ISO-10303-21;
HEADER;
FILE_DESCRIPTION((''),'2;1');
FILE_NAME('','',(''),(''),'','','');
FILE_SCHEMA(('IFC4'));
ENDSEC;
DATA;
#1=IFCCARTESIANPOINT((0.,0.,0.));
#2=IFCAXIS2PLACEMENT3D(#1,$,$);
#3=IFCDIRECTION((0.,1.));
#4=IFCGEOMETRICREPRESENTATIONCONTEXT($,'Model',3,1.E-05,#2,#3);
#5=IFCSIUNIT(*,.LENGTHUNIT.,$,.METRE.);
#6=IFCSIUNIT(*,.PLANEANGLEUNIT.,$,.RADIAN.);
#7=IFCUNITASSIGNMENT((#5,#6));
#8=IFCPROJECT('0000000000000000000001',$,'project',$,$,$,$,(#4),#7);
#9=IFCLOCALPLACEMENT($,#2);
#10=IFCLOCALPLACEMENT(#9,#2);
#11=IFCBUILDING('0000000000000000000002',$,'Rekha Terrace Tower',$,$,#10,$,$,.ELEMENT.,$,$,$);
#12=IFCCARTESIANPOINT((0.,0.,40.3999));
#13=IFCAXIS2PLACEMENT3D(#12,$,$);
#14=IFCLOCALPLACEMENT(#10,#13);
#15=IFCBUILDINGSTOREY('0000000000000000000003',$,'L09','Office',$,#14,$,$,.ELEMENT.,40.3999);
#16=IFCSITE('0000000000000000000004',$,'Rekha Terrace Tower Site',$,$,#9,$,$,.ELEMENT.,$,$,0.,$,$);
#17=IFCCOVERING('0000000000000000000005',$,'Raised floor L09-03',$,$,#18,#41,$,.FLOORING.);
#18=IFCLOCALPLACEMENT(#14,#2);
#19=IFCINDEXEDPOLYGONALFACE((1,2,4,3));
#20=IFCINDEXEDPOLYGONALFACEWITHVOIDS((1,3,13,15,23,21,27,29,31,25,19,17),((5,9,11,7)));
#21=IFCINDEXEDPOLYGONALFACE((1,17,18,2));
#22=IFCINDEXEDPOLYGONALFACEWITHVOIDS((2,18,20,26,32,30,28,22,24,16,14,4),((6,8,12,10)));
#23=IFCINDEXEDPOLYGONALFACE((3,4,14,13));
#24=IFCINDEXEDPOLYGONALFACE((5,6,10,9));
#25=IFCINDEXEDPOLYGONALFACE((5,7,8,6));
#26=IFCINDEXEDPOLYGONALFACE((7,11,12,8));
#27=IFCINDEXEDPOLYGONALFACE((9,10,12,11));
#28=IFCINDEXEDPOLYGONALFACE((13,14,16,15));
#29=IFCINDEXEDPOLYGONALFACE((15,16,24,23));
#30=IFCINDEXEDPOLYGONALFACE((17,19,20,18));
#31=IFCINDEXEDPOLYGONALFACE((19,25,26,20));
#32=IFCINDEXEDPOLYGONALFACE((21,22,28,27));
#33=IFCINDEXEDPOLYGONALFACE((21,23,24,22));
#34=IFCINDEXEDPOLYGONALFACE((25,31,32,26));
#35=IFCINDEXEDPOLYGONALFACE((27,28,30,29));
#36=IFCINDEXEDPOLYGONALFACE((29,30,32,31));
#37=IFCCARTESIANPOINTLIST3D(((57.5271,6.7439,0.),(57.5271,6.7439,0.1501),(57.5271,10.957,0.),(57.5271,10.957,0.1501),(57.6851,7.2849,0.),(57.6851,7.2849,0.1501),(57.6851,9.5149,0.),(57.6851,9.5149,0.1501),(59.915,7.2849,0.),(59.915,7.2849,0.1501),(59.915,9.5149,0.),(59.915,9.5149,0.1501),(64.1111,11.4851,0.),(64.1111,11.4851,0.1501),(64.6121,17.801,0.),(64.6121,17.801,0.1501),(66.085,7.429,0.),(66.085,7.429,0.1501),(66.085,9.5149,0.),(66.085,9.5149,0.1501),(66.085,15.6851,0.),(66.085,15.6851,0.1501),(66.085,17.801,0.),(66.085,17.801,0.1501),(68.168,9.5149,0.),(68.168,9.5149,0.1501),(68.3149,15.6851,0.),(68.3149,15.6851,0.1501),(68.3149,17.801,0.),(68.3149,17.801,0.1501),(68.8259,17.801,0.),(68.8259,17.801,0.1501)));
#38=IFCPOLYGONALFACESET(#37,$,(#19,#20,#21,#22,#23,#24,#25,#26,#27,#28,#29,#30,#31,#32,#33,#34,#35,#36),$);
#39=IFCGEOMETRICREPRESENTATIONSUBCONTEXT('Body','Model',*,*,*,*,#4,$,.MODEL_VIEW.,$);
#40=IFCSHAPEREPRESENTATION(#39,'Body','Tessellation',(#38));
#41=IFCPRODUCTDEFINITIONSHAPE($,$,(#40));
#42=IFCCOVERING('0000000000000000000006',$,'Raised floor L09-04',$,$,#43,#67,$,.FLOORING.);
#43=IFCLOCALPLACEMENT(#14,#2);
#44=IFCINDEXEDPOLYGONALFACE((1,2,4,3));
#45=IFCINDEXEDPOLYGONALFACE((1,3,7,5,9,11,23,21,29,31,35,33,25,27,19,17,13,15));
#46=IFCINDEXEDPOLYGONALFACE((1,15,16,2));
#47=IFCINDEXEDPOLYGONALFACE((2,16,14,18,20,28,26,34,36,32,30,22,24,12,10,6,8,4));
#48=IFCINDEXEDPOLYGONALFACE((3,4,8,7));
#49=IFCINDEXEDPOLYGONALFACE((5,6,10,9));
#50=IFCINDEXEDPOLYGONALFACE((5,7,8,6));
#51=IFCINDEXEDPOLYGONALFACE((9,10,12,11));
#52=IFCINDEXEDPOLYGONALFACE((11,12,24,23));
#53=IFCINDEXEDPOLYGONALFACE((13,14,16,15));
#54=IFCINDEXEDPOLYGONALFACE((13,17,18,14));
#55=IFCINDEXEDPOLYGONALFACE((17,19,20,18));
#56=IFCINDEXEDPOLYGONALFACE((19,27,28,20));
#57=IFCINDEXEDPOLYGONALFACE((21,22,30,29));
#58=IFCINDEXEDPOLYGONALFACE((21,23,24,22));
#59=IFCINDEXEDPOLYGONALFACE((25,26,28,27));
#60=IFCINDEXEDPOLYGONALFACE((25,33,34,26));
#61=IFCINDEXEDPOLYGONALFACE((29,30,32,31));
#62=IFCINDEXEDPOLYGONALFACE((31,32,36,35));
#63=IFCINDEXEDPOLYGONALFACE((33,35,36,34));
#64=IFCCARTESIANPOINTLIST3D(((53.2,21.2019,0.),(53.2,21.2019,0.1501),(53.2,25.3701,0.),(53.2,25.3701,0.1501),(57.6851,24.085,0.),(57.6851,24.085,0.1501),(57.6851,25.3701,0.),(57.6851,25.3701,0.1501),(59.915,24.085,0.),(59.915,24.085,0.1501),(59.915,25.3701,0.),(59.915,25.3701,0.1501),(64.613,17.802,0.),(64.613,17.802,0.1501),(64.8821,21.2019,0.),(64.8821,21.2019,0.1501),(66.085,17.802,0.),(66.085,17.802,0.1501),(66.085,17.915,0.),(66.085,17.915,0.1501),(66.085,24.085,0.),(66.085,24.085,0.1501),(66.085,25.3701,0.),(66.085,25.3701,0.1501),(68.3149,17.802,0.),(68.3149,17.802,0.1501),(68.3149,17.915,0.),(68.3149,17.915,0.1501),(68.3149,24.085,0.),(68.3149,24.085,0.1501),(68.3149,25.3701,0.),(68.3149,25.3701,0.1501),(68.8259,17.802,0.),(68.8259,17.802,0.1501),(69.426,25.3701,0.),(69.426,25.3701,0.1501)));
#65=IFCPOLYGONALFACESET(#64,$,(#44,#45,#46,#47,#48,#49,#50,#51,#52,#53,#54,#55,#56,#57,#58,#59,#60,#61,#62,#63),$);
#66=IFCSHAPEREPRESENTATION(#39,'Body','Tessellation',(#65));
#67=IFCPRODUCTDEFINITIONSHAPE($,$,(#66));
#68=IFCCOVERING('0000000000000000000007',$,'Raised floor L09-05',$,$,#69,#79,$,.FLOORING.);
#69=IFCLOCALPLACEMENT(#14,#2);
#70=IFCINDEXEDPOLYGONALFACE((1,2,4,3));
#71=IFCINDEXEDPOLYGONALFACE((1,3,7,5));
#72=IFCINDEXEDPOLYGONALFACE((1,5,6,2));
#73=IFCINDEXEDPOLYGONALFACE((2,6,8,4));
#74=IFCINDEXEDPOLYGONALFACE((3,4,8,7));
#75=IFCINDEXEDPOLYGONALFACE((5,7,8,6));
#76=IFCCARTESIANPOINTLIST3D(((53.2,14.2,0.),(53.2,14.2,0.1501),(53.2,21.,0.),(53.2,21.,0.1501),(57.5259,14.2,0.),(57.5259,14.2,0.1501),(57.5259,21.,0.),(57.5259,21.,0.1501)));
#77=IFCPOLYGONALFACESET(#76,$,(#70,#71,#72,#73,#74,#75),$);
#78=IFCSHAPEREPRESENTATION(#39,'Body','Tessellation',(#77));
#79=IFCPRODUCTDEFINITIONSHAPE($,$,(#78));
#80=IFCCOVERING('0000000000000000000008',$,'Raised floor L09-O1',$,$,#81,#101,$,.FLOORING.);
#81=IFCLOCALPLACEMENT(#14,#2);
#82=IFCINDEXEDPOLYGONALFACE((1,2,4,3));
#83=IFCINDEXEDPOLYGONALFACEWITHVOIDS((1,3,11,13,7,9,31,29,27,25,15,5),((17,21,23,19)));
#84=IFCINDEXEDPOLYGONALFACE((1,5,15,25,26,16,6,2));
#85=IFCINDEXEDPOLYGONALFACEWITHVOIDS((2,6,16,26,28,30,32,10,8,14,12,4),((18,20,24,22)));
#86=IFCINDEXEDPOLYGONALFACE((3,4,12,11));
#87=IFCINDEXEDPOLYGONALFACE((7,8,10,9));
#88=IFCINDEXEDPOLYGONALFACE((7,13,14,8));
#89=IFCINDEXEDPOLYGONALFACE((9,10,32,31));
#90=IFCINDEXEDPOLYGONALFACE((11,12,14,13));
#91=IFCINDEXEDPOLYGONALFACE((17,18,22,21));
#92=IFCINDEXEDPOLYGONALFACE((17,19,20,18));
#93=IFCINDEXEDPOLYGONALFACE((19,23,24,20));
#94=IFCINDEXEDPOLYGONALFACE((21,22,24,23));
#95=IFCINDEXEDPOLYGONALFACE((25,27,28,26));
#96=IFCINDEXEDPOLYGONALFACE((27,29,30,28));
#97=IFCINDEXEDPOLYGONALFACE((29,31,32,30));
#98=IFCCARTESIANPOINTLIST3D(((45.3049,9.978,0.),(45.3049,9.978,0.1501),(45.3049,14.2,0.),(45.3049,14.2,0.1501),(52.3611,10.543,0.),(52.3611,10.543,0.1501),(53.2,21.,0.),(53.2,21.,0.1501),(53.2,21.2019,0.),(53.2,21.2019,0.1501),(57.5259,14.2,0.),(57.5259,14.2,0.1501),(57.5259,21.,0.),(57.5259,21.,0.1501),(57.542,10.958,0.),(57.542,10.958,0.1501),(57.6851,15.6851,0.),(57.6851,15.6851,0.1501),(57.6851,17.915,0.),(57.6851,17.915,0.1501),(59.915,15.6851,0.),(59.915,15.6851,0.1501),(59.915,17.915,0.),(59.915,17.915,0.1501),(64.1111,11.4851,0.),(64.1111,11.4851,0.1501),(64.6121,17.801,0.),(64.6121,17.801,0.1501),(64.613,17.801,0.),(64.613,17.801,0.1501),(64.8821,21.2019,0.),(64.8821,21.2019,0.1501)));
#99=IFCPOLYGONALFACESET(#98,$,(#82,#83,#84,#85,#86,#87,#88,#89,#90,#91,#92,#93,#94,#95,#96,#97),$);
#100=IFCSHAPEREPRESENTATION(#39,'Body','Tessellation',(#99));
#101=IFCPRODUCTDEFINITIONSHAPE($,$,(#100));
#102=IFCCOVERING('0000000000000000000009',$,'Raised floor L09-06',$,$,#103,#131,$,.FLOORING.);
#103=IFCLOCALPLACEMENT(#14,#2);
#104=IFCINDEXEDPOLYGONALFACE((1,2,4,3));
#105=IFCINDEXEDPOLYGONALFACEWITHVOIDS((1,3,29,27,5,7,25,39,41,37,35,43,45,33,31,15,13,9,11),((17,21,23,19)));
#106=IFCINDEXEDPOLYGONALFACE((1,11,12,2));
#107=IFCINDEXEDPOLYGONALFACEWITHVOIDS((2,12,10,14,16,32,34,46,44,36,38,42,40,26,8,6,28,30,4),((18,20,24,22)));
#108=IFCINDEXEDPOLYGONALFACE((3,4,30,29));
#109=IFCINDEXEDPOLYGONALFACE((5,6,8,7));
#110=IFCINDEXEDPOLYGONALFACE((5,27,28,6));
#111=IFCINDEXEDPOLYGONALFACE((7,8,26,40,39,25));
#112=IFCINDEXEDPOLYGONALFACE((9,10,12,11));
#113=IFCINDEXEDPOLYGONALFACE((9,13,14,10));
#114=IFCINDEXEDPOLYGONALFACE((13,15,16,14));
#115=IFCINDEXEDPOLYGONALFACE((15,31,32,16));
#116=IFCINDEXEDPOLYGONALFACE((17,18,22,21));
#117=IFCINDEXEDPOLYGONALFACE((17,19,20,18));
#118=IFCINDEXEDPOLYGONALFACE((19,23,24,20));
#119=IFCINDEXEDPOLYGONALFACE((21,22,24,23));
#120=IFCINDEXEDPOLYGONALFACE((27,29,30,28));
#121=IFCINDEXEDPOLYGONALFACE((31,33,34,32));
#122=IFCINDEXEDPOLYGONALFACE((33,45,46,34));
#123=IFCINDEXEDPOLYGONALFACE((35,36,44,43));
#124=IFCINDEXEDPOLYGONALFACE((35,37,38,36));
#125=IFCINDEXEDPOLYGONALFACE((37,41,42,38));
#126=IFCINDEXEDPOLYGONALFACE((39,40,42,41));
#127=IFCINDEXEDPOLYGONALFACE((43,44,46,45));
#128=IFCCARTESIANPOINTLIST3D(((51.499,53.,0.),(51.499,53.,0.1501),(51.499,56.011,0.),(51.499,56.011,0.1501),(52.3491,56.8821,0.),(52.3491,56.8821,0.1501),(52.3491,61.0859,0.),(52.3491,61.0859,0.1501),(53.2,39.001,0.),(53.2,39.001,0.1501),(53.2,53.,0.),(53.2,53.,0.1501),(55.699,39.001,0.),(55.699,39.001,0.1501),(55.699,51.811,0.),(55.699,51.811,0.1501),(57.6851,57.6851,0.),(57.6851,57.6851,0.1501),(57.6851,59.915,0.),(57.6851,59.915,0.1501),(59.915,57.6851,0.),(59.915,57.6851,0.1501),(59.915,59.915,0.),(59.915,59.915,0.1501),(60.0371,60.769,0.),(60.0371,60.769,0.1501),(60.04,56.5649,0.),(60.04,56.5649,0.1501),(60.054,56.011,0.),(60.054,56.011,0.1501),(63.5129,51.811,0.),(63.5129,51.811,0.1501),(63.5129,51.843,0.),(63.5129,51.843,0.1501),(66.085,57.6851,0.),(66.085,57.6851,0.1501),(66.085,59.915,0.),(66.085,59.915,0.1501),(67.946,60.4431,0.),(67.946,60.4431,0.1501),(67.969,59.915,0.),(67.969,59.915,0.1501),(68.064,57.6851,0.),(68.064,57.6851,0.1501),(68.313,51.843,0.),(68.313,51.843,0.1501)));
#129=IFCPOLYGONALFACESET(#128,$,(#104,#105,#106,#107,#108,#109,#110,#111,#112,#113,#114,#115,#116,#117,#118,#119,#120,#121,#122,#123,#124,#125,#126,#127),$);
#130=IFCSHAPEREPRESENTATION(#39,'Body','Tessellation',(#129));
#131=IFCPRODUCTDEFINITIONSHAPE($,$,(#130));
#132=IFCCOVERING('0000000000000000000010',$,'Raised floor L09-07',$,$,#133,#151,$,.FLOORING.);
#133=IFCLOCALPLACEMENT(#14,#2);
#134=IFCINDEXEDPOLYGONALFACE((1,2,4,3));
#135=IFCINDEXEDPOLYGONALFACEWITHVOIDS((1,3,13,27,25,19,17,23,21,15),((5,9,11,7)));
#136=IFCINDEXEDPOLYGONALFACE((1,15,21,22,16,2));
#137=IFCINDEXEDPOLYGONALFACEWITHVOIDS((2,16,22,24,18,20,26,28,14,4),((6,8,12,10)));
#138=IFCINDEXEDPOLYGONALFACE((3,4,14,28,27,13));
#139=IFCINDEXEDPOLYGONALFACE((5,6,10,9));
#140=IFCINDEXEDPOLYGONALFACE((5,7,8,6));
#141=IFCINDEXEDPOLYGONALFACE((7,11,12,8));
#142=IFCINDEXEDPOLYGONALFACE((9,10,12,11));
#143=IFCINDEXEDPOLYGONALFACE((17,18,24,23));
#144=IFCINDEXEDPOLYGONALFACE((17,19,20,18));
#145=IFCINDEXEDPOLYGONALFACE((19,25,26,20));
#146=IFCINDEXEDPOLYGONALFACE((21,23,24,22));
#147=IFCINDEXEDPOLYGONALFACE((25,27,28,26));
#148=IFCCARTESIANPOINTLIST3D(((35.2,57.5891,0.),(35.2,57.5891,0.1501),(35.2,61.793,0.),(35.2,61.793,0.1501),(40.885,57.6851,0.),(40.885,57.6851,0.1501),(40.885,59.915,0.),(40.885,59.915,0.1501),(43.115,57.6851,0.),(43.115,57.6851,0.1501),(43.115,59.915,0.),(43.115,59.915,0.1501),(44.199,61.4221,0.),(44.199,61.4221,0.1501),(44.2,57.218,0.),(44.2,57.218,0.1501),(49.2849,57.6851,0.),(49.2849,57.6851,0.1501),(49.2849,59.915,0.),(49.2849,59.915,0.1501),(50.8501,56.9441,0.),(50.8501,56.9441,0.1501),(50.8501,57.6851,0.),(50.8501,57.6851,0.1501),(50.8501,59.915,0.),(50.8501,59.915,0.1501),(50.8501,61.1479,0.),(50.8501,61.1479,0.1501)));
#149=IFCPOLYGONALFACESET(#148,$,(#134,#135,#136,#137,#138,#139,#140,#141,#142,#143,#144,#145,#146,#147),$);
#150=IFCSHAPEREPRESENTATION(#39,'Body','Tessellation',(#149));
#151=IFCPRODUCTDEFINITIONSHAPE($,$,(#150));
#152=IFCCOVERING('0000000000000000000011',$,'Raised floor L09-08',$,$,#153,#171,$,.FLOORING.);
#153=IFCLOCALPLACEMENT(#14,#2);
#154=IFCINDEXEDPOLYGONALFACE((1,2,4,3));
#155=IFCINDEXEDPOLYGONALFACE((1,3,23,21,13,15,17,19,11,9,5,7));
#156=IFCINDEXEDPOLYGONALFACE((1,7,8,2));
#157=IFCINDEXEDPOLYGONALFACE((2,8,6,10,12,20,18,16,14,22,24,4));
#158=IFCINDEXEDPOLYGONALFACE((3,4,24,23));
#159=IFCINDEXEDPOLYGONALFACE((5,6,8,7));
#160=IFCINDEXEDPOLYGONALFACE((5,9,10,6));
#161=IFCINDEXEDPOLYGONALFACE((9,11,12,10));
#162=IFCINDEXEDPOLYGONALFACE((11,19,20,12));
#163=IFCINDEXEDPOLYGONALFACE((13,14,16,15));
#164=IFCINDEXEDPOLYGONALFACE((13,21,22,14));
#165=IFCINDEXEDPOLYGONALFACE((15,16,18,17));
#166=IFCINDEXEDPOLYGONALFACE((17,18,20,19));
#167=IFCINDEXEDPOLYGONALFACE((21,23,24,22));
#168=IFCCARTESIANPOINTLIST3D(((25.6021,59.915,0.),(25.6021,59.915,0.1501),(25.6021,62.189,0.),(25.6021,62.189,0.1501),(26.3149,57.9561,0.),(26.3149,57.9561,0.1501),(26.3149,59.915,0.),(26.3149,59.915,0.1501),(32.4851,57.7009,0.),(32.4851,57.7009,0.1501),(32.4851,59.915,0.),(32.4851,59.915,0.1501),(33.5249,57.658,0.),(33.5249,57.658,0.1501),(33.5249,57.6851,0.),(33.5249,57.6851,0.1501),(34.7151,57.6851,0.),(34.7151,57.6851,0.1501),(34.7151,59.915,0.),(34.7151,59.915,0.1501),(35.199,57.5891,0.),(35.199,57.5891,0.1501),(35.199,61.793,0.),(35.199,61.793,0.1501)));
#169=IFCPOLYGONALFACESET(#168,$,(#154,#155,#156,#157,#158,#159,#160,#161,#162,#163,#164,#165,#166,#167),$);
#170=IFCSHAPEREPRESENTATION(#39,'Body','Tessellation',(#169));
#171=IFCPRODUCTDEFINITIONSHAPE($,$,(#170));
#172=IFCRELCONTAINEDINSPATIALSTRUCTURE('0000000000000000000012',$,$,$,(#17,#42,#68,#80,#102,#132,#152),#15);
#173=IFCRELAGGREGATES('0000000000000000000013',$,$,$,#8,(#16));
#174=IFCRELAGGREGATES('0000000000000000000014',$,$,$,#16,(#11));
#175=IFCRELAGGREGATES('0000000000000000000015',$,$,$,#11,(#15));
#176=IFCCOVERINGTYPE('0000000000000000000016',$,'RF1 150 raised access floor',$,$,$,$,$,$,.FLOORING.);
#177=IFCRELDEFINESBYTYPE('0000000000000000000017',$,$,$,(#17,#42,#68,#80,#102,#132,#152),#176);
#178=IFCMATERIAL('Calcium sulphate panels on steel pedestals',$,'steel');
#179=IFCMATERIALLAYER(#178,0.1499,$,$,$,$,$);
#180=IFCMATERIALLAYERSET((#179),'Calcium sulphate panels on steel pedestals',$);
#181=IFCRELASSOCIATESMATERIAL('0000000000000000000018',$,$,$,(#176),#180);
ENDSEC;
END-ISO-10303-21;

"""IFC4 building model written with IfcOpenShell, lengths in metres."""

from ifc_helpers import new_model, si_unit, direction, frame, origin, place, context, subcontext, project, spatial, polyline, outline, extrude, material, layer, layer_set, type_object, element, save


model = new_model("IFC4")

# Units and contexts
model_context = context("Model", 3, precision=1e-05, world=origin(), true_north=direction((0.0, 1.0)))
body_context = subcontext(model_context, "Body", "Model", "MODEL_VIEW")
ifc_project = project(units=[si_unit("LENGTHUNIT", "METRE"), si_unit("PLANEANGLEUNIT", "RADIAN")], contexts=[model_context])

# Site, building, storey
site_placement = place(None, origin())
site = spatial("IfcSite", under=ifc_project, at=site_placement, Name="Rekha Terrace Tower Site", CompositionType="ELEMENT", RefElevation=0.0)
building_placement = place(site_placement, origin())
building = spatial("IfcBuilding", under=site, at=building_placement, Name="Rekha Terrace Tower", CompositionType="ELEMENT")
storey_placement = place(building_placement, frame((0.0, 0.0, 40.3999)))
storey = spatial("IfcBuildingStorey", under=building, at=storey_placement, Name="L09", Description="Office", CompositionType="ELEMENT", Elevation=40.3999)

# Coverings
ifc_material_1 = material(Name="Calcium sulphate panels on steel pedestals", Category="steel")
ifc_layer_1 = layer(ifc_material_1, 0.1499)
ifc_layer_set_1 = layer_set([ifc_layer_1], Name="Calcium sulphate panels on steel pedestals")
covering_type_1 = type_object("IfcCoveringType", Name="RF1 150 raised access floor", PredefinedType="FLOORING", material=ifc_layer_set_1)
covering_1_placement = place(storey_placement, origin())
element("IfcCovering", 1, at=covering_1_placement, inside=storey, type_object=covering_type_1, Name="Raised floor L09-03", PredefinedType="FLOORING", context=body_context, shape_type="SweptSolid", body=[
    extrude(outline(polyline([(66.085, 15.6851), (66.085, 17.801), (64.6121, 17.801), (64.1111, 11.4851), (57.5271, 10.957), (57.5271, 6.7439), (66.085, 7.429), (66.085, 9.5149), (68.168, 9.5149), (68.8259, 17.801), (68.3149, 17.801), (68.3149, 15.6851), (66.085, 15.6851)]), holes=[polyline([(59.915, 7.2849), (57.6851, 7.2849), (57.6851, 9.5149), (59.915, 9.5149), (59.915, 7.2849)])]), origin(), (0.0, 0.0, 1.0), 0.1501),
])
covering_2_placement = place(storey_placement, origin())
element("IfcCovering", 2, at=covering_2_placement, inside=storey, type_object=covering_type_1, Name="Raised floor L09-04", PredefinedType="FLOORING", context=body_context, shape_type="SweptSolid", body=[
    extrude(outline(polyline([(57.6851, 25.3701), (53.2, 25.3701), (53.2, 21.2019), (64.8821, 21.2019), (64.613, 17.802), (66.085, 17.802), (66.085, 17.915), (68.3149, 17.915), (68.3149, 17.802), (68.8259, 17.802), (69.426, 25.3701), (68.3149, 25.3701), (68.3149, 24.085), (66.085, 24.085), (66.085, 25.3701), (59.915, 25.3701), (59.915, 24.085), (57.6851, 24.085), (57.6851, 25.3701)])), origin(), (0.0, 0.0, 1.0), 0.1501),
])
covering_3_placement = place(storey_placement, origin())
element("IfcCovering", 3, at=covering_3_placement, inside=storey, type_object=covering_type_1, Name="Raised floor L09-05", PredefinedType="FLOORING", context=body_context, shape_type="SweptSolid", body=[
    extrude(outline(polyline([(53.2, 14.2), (57.5259, 14.2), (57.5259, 21.0), (53.2, 21.0), (53.2, 14.2)])), origin(), (0.0, 0.0, 1.0), 0.1501),
])
covering_4_placement = place(storey_placement, origin())
element("IfcCovering", 4, at=covering_4_placement, inside=storey, type_object=covering_type_1, Name="Raised floor L09-O1", PredefinedType="FLOORING", context=body_context, shape_type="SweptSolid", body=[
    extrude(outline(polyline([(45.3049, 14.2), (45.3049, 9.978), (52.3611, 10.543), (57.542, 10.958), (64.1111, 11.4851), (64.6121, 17.801), (64.613, 17.801), (64.8821, 21.2019), (53.2, 21.2019), (53.2, 21.0), (57.5259, 21.0), (57.5259, 14.2), (45.3049, 14.2)]), holes=[polyline([(59.915, 17.915), (59.915, 15.6851), (57.6851, 15.6851), (57.6851, 17.915), (59.915, 17.915)])]), origin(), (0.0, 0.0, 1.0), 0.1501),
])
covering_5_placement = place(storey_placement, origin())
element("IfcCovering", 5, at=covering_5_placement, inside=storey, type_object=covering_type_1, Name="Raised floor L09-06", PredefinedType="FLOORING", context=body_context, shape_type="SweptSolid", body=[
    extrude(outline(polyline([(66.085, 59.915), (67.969, 59.915), (67.946, 60.4431), (60.0371, 60.769), (52.3491, 61.0859), (52.3491, 56.8821), (60.04, 56.5649), (60.054, 56.011), (51.499, 56.011), (51.499, 53.0), (53.2, 53.0), (53.2, 39.001), (55.699, 39.001), (55.699, 51.811), (63.5129, 51.811), (63.5129, 51.843), (68.313, 51.843), (68.064, 57.6851), (66.085, 57.6851), (66.085, 59.915)]), holes=[polyline([(59.915, 57.6851), (57.6851, 57.6851), (57.6851, 59.915), (59.915, 59.915), (59.915, 57.6851)])]), origin(), (0.0, 0.0, 1.0), 0.1501),
])
covering_6_placement = place(storey_placement, origin())
element("IfcCovering", 6, at=covering_6_placement, inside=storey, type_object=covering_type_1, Name="Raised floor L09-07", PredefinedType="FLOORING", context=body_context, shape_type="SweptSolid", body=[
    extrude(outline(polyline([(49.2849, 59.915), (50.8501, 59.915), (50.8501, 61.1479), (44.199, 61.4221), (35.2, 61.793), (35.2, 57.5891), (44.2, 57.218), (50.8501, 56.9441), (50.8501, 57.6851), (49.2849, 57.6851), (49.2849, 59.915)]), holes=[polyline([(43.115, 57.6851), (40.885, 57.6851), (40.885, 59.915), (43.115, 59.915), (43.115, 57.6851)])]), origin(), (0.0, 0.0, 1.0), 0.1501),
])
covering_7_placement = place(storey_placement, origin())
element("IfcCovering", 7, at=covering_7_placement, inside=storey, type_object=covering_type_1, Name="Raised floor L09-08", PredefinedType="FLOORING", context=body_context, shape_type="SweptSolid", body=[
    extrude(outline(polyline([(33.5249, 57.6851), (33.5249, 57.658), (35.199, 57.5891), (35.199, 61.793), (25.6021, 62.189), (25.6021, 59.915), (26.3149, 59.915), (26.3149, 57.9561), (32.4851, 57.7009), (32.4851, 59.915), (34.7151, 59.915), (34.7151, 57.6851), (33.5249, 57.6851)])), origin(), (0.0, 0.0, 1.0), 0.1501),
])

save(model, "model.ifc")
